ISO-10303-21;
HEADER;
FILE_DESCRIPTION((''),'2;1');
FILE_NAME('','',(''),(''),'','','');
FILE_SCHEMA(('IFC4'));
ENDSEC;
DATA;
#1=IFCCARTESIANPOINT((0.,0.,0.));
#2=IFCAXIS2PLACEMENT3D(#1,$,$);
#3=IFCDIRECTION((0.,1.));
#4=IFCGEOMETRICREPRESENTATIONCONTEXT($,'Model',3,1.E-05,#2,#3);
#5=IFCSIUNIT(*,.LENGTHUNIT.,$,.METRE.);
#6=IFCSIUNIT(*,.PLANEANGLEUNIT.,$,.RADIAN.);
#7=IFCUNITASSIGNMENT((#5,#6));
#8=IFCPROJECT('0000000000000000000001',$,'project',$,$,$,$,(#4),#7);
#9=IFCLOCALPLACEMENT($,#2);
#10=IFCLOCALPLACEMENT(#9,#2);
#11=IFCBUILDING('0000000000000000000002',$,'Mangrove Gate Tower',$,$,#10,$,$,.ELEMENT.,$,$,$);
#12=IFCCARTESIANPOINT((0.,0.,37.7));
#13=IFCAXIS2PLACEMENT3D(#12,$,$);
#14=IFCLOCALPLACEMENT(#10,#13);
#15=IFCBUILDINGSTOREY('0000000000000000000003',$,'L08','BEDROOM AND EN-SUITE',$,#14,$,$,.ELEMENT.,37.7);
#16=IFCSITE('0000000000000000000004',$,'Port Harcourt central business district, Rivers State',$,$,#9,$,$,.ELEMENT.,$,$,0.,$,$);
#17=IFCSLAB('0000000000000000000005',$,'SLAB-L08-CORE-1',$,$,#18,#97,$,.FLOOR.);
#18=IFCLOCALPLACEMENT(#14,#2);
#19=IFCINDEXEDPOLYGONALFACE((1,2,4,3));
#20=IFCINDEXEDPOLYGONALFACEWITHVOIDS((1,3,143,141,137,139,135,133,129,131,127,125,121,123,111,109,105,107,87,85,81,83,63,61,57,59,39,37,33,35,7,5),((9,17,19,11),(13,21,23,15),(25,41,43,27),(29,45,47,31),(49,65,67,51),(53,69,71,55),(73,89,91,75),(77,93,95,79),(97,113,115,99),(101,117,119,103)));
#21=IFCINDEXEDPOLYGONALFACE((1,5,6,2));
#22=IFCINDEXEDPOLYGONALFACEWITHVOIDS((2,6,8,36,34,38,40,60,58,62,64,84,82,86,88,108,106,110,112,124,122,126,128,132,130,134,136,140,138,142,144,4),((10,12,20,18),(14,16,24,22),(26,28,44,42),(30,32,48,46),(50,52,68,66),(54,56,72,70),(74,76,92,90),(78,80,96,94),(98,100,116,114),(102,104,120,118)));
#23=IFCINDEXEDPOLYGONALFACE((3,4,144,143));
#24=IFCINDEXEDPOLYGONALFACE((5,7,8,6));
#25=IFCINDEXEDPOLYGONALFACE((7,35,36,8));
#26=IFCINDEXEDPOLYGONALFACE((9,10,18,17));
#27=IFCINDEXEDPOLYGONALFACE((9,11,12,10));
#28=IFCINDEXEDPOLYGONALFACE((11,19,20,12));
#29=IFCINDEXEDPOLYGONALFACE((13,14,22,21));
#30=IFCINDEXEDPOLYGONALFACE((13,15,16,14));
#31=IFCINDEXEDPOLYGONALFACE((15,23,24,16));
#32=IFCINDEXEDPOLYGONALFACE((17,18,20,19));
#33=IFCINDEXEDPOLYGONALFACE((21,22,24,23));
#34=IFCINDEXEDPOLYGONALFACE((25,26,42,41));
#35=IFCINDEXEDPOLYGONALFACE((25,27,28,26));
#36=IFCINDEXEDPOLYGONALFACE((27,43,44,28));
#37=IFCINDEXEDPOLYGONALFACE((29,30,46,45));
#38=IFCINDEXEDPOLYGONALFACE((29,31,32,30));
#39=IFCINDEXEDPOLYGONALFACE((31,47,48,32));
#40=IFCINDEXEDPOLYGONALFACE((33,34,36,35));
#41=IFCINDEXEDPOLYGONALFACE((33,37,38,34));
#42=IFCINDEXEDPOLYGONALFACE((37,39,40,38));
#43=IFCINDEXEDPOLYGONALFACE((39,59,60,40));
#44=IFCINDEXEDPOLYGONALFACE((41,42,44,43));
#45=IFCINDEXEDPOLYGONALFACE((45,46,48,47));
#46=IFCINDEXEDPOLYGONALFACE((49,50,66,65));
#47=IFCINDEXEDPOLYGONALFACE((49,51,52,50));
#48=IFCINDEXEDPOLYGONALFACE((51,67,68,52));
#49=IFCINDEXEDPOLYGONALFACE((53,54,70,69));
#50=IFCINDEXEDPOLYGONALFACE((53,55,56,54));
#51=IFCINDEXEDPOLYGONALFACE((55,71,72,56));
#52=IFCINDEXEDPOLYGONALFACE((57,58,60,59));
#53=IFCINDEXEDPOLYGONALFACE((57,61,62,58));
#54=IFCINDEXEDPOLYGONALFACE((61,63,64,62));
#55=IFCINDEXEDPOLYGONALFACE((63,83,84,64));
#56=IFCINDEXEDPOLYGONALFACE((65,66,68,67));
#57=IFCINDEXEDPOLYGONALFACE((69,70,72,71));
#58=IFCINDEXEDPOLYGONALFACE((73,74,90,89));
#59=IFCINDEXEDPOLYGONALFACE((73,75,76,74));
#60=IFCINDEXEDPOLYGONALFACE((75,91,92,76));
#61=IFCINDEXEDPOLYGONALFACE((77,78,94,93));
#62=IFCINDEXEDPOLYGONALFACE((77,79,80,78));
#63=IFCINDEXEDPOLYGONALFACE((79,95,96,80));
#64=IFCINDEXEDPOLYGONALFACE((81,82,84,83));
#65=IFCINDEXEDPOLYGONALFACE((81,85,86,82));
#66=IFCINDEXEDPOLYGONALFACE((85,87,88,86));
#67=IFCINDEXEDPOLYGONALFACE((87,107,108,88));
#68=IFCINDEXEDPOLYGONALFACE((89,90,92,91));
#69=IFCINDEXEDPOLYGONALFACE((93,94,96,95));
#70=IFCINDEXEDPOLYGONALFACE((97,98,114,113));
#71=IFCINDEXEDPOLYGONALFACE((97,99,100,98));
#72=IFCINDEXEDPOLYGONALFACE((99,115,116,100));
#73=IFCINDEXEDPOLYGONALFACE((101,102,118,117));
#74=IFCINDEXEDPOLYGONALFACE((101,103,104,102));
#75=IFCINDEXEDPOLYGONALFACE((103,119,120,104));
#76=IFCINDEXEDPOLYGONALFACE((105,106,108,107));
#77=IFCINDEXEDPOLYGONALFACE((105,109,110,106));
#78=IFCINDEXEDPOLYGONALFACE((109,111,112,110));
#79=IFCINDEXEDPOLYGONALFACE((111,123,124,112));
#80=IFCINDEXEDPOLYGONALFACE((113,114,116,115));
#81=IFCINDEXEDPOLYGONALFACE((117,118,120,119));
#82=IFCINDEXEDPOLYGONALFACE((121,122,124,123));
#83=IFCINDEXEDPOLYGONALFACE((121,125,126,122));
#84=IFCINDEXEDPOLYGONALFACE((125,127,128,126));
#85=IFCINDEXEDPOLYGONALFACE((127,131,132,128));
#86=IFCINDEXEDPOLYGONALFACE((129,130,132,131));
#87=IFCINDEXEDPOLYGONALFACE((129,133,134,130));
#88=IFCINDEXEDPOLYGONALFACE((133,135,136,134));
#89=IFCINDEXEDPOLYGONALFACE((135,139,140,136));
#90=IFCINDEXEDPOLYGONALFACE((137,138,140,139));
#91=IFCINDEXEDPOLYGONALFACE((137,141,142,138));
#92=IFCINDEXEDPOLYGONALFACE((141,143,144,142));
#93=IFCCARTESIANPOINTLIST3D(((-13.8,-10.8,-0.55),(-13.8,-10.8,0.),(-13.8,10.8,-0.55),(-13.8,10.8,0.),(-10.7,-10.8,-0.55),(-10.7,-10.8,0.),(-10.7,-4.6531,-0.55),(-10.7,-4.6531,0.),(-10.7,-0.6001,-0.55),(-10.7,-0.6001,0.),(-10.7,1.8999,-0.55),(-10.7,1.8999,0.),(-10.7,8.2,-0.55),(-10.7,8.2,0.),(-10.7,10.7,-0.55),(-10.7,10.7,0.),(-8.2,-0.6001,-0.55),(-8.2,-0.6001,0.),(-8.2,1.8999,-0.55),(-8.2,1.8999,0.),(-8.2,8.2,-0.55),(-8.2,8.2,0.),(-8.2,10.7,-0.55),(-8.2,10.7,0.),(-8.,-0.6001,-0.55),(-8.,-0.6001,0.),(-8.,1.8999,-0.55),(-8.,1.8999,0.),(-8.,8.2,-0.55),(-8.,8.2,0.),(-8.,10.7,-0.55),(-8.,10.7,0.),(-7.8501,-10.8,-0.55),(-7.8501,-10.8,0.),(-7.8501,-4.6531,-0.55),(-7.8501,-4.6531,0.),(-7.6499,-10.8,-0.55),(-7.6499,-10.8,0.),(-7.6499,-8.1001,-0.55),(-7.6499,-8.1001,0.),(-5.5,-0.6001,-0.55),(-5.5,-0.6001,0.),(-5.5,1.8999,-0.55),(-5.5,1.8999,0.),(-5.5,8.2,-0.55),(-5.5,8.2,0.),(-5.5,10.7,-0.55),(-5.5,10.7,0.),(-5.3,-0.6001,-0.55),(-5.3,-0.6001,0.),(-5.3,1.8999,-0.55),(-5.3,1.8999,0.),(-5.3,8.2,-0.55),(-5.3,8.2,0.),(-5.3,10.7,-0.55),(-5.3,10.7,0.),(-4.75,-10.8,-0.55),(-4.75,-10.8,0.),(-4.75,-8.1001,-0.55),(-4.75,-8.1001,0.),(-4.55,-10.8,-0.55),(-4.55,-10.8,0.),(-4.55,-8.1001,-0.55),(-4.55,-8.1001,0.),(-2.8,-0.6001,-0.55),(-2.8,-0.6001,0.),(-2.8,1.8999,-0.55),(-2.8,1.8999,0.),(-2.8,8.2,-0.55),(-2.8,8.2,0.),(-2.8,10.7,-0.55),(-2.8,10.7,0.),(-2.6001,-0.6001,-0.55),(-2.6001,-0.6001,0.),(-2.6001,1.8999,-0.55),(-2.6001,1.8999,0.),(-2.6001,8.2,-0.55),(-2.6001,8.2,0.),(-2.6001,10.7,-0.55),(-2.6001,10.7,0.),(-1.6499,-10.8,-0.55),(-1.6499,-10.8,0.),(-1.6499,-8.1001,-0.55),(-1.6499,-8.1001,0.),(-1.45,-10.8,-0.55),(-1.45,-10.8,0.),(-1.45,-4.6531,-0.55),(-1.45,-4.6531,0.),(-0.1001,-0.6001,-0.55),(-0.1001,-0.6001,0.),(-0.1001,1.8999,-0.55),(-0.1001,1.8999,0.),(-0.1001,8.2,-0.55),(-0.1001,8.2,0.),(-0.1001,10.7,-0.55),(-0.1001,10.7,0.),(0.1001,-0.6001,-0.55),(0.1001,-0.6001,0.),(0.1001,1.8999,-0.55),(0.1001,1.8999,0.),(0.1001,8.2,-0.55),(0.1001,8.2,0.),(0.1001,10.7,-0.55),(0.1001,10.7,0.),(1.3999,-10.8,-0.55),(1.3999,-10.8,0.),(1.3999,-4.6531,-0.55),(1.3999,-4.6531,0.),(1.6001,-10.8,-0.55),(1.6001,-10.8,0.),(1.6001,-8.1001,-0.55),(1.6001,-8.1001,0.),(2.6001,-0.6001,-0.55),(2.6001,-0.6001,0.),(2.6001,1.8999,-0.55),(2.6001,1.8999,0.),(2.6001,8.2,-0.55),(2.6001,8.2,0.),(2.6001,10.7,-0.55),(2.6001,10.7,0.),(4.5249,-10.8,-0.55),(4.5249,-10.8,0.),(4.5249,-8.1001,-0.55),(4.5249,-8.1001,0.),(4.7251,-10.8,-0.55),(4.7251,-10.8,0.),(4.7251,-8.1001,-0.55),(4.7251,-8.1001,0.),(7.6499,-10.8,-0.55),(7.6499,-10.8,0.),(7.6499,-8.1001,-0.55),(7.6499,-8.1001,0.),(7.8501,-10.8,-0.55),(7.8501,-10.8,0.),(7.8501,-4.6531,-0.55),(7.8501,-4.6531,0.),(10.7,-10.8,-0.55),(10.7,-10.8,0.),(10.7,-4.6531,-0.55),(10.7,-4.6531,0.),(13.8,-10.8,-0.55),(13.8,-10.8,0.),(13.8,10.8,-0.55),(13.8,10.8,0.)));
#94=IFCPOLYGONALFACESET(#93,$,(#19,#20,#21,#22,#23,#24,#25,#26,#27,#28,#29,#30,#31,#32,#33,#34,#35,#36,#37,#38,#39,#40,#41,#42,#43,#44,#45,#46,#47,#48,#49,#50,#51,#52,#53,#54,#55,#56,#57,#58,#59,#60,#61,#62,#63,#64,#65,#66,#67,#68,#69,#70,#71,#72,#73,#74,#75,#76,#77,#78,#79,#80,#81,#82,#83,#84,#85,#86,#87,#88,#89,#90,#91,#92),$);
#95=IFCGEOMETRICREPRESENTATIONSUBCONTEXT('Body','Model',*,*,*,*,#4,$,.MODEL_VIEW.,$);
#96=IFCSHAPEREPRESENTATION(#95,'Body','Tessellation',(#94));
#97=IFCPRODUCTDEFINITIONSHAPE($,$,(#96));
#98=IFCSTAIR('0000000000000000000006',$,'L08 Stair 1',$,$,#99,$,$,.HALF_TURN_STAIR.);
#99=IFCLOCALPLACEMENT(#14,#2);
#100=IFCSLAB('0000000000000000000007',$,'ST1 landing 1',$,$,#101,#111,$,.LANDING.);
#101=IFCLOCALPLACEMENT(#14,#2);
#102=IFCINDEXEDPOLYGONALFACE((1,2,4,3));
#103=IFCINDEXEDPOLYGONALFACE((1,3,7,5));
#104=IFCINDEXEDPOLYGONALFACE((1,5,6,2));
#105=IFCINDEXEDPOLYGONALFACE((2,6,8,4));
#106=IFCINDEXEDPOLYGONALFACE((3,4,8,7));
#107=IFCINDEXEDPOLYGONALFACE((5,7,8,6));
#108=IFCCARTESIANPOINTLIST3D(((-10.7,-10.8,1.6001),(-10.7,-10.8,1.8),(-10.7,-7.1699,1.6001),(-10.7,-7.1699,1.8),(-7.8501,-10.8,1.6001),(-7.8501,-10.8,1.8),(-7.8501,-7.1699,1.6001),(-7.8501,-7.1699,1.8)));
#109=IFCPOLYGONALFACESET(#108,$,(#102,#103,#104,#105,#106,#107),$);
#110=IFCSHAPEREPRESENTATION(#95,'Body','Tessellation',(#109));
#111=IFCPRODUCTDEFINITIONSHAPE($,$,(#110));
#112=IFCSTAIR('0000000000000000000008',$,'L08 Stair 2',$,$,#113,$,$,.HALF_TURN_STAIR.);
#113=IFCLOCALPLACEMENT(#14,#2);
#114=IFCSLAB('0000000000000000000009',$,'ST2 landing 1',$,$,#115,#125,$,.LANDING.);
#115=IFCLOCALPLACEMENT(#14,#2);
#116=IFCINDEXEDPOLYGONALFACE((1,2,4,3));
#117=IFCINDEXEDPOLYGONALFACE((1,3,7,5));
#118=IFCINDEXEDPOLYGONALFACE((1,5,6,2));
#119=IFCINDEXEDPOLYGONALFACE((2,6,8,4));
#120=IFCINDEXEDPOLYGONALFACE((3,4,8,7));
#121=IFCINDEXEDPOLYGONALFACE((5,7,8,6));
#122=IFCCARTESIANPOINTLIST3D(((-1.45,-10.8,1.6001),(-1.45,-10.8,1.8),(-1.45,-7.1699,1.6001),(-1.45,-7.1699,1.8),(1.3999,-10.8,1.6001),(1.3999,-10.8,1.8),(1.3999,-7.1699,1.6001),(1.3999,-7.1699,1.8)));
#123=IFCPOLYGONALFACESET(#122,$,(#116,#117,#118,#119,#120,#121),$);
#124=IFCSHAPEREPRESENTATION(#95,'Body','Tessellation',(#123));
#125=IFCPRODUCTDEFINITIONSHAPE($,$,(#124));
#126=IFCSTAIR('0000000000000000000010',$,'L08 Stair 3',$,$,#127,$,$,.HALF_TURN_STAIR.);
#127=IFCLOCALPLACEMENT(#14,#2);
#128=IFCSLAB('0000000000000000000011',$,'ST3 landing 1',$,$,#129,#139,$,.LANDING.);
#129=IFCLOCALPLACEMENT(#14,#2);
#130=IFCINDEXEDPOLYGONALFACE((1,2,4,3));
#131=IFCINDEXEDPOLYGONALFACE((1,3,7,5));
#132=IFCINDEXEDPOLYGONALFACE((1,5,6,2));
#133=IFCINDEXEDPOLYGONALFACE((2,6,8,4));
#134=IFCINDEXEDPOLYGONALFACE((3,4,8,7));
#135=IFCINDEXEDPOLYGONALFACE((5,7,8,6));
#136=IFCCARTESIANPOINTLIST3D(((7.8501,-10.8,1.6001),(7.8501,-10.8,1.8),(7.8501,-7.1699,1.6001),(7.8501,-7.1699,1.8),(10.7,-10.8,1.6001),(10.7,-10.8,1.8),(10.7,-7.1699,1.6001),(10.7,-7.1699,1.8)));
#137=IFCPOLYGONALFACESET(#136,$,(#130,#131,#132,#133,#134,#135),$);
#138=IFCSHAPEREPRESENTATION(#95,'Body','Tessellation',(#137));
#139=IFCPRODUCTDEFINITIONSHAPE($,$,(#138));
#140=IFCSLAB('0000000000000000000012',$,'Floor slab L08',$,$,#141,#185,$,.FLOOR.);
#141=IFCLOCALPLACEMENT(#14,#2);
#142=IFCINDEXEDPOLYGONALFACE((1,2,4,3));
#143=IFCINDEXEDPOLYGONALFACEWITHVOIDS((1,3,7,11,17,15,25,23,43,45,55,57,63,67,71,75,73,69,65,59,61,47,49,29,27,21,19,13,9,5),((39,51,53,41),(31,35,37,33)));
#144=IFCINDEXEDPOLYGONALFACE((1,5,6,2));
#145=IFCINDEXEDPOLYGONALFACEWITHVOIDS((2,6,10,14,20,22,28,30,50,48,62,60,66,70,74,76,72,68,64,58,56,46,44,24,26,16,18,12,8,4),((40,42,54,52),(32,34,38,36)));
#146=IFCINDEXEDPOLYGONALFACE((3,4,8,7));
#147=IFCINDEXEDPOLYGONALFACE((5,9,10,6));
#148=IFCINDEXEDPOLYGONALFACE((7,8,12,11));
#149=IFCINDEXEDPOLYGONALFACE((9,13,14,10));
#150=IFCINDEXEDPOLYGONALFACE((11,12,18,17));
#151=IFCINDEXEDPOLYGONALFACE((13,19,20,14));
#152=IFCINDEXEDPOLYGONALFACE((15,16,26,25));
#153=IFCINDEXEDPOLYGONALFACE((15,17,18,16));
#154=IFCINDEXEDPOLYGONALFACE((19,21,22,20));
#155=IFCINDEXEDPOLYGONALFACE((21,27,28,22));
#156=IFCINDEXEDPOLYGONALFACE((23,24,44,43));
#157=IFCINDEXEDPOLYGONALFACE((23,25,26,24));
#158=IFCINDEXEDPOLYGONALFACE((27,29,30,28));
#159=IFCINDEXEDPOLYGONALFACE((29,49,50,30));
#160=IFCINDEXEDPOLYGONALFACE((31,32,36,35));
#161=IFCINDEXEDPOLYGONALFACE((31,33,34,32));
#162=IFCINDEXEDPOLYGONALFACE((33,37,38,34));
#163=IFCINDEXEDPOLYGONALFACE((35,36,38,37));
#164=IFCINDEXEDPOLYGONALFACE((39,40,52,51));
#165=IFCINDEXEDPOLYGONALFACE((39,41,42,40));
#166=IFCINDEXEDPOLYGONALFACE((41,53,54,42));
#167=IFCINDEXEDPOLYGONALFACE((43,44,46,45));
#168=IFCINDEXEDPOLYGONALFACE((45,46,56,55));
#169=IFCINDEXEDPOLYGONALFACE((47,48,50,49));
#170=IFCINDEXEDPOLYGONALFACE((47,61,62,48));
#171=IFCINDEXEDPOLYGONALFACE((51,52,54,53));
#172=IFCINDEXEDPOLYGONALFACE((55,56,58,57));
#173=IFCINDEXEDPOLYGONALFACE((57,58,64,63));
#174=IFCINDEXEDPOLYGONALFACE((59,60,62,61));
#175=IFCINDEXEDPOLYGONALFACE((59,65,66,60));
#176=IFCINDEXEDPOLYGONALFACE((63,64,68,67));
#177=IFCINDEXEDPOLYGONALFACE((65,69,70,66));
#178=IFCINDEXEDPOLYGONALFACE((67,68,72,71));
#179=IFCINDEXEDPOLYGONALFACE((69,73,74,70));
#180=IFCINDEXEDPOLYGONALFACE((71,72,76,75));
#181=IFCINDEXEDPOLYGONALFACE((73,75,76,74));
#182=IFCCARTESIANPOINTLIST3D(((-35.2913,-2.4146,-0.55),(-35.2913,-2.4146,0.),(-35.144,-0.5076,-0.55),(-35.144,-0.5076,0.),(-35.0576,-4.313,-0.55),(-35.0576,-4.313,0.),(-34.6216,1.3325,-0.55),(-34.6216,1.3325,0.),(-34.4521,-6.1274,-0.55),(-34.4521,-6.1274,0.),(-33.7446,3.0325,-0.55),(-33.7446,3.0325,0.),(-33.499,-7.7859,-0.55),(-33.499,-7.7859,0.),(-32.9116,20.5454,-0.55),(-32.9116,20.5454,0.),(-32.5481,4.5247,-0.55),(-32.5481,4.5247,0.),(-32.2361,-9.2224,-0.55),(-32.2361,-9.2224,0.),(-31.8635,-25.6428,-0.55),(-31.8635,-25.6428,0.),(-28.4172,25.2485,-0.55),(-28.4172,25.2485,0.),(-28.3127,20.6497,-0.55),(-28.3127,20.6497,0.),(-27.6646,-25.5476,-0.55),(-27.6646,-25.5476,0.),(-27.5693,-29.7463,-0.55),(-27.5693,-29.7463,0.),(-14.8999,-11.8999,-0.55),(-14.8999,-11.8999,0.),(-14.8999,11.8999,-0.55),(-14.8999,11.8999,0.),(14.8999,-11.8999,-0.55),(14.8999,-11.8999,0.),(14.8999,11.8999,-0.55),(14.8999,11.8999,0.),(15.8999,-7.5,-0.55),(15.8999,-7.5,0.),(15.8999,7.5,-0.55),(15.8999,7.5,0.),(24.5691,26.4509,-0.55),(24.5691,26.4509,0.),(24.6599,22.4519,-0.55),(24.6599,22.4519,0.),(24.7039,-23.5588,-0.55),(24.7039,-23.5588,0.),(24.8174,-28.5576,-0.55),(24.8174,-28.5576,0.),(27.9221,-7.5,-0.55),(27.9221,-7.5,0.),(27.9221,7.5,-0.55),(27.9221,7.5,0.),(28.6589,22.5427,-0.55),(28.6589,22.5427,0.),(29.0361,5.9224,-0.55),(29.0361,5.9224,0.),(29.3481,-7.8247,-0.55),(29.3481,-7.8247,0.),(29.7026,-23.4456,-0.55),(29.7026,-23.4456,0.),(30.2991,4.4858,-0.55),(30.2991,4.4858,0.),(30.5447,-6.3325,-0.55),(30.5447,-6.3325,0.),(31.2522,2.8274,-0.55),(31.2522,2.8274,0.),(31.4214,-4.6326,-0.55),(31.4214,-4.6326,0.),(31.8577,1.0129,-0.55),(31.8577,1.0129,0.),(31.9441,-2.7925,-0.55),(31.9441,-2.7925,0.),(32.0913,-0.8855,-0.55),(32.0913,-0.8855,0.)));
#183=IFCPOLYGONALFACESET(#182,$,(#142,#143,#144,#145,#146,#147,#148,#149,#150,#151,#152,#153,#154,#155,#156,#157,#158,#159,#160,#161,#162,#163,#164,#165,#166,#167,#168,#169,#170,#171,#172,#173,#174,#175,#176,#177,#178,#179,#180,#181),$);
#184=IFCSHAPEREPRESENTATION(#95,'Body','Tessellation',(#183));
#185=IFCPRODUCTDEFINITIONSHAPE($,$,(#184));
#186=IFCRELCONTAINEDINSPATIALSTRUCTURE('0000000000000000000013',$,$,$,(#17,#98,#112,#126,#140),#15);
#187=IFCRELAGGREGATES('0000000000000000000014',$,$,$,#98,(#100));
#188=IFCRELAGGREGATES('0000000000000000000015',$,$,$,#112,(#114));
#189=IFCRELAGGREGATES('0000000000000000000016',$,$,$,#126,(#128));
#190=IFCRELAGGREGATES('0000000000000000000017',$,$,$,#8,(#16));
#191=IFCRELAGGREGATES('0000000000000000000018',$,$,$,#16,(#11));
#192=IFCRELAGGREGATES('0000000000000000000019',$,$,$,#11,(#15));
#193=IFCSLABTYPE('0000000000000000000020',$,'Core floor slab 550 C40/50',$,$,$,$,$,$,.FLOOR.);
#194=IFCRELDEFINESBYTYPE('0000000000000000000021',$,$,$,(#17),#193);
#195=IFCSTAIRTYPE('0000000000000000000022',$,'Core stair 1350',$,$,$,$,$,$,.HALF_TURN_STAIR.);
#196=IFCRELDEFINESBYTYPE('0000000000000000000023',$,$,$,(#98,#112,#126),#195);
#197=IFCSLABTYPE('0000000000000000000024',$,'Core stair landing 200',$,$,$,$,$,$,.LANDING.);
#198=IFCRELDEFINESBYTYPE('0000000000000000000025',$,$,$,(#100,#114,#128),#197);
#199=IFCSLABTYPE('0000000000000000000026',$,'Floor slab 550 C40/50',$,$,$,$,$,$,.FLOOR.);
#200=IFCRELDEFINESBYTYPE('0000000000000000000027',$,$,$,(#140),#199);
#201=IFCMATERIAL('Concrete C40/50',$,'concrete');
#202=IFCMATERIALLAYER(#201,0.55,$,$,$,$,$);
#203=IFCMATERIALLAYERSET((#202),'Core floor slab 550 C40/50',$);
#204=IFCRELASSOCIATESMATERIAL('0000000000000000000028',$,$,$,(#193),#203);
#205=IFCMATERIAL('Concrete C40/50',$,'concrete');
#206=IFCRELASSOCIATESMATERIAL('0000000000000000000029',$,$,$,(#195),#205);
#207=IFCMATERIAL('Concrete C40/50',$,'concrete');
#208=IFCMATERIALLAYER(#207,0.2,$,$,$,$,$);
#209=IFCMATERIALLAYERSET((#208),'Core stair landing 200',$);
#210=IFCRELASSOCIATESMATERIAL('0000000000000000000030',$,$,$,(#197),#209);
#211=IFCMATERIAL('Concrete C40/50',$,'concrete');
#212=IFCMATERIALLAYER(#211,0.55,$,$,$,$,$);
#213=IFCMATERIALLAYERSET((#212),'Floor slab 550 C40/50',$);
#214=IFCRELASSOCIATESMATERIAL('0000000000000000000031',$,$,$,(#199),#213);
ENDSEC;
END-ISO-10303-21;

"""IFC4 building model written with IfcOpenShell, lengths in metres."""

from ifc_helpers import new_model, si_unit, direction, frame, origin, place, context, subcontext, project, spatial, polyline, outline, extrude, material, layer, layer_set, type_object, element, aggregate, save


model = new_model("IFC4")

# Units and contexts
model_context = context("Model", 3, precision=1e-05, world=origin(), true_north=direction((0.0, 1.0)))
body_context = subcontext(model_context, "Body", "Model", "MODEL_VIEW")
ifc_project = project(units=[si_unit("LENGTHUNIT", "METRE"), si_unit("PLANEANGLEUNIT", "RADIAN")], contexts=[model_context])

# Site, building, storey
site_placement = place(None, origin())
site = spatial("IfcSite", under=ifc_project, at=site_placement, Name="Port Harcourt central business district, Rivers State", CompositionType="ELEMENT", RefElevation=0.0)
building_placement = place(site_placement, origin())
building = spatial("IfcBuilding", under=site, at=building_placement, Name="Mangrove Gate Tower", CompositionType="ELEMENT")
storey_placement = place(building_placement, frame((0.0, 0.0, 37.7)))
storey = spatial("IfcBuildingStorey", under=building, at=storey_placement, Name="L08", Description="BEDROOM AND EN-SUITE", CompositionType="ELEMENT", Elevation=37.7)

# Slab
ifc_material_1 = material(Name="Concrete C40/50", Category="concrete")
ifc_layer_1 = layer(ifc_material_1, 0.55)
ifc_layer_set_1 = layer_set([ifc_layer_1], Name="Core floor slab 550 C40/50")
slab_type_1 = type_object("IfcSlabType", Name="Core floor slab 550 C40/50", PredefinedType="FLOOR", material=ifc_layer_set_1)
slab_1_placement = place(storey_placement, frame((0.0, 0.0, -0.55)))
element("IfcSlab", 1, at=slab_1_placement, inside=storey, type_object=slab_type_1, Name="SLAB-L08-CORE-1", PredefinedType="FLOOR", context=body_context, shape_type="SweptSolid", body=[
    extrude(outline(polyline([(-13.8, -10.8), (-13.8, 10.8), (13.8, 10.8), (13.8, -10.8), (10.7, -10.8), (10.7, -4.6531), (7.8501, -4.6531), (7.8501, -10.8), (7.6499, -10.8), (7.6499, -8.1001), (4.7251, -8.1001), (4.7251, -10.8), (4.5249, -10.8), (4.5249, -8.1001), (1.6001, -8.1001), (1.6001, -10.8), (1.3999, -10.8), (1.3999, -4.6531), (-1.45, -4.6531), (-1.45, -10.8), (-1.6499, -10.8), (-1.6499, -8.1001), (-4.55, -8.1001), (-4.55, -10.8), (-4.75, -10.8), (-4.75, -8.1001), (-7.6499, -8.1001), (-7.6499, -10.8), (-7.8501, -10.8), (-7.8501, -4.6531), (-10.7, -4.6531), (-10.7, -10.8), (-13.8, -10.8)]), holes=[polyline([(-8.2, -0.6001), (-8.2, 1.8999), (-10.7, 1.8999), (-10.7, -0.6001), (-8.2, -0.6001)]), polyline([(-5.5, -0.6001), (-5.5, 1.8999), (-8.0, 1.8999), (-8.0, -0.6001), (-5.5, -0.6001)]), polyline([(-2.8, -0.6001), (-2.8, 1.8999), (-5.3, 1.8999), (-5.3, -0.6001), (-2.8, -0.6001)]), polyline([(-8.2, 8.2), (-8.2, 10.7), (-10.7, 10.7), (-10.7, 8.2), (-8.2, 8.2)]), polyline([(-5.5, 8.2), (-5.5, 10.7), (-8.0, 10.7), (-8.0, 8.2), (-5.5, 8.2)]), polyline([(-2.8, 8.2), (-2.8, 10.7), (-5.3, 10.7), (-5.3, 8.2), (-2.8, 8.2)]), polyline([(-0.1001, -0.6001), (-0.1001, 1.8999), (-2.6001, 1.8999), (-2.6001, -0.6001), (-0.1001, -0.6001)]), polyline([(2.6001, -0.6001), (2.6001, 1.8999), (0.1001, 1.8999), (0.1001, -0.6001), (2.6001, -0.6001)]), polyline([(-2.6001, 8.2), (-0.1001, 8.2), (-0.1001, 10.7), (-2.6001, 10.7), (-2.6001, 8.2)]), polyline([(0.1001, 8.2), (2.6001, 8.2), (2.6001, 10.7), (0.1001, 10.7), (0.1001, 8.2)])]), origin(), (0.0, 0.0, 1.0), 0.55),
])

# Stairs, slabs
ifc_material_2 = material(Name="Concrete C40/50", Category="concrete")
stair_type = type_object("IfcStairType", Name="Core stair 1350", PredefinedType="HALF_TURN_STAIR", material=ifc_material_2)
stair_1_placement = place(storey_placement, origin())
stair_1 = element("IfcStair", 2, at=stair_1_placement, inside=storey, type_object=stair_type, Name="L08 Stair 1", PredefinedType="HALF_TURN_STAIR")
ifc_material_3 = material(Name="Concrete C40/50", Category="concrete")
ifc_layer_2 = layer(ifc_material_3, 0.2)
ifc_layer_set_2 = layer_set([ifc_layer_2], Name="Core stair landing 200")
slab_type_2 = type_object("IfcSlabType", Name="Core stair landing 200", PredefinedType="LANDING", material=ifc_layer_set_2)
slab_2_placement = place(storey_placement, frame((0.0, 0.0, 1.6001)))
slab_2 = element("IfcSlab", 3, at=slab_2_placement, type_object=slab_type_2, Name="ST1 landing 1", PredefinedType="LANDING", context=body_context, shape_type="SweptSolid", body=[
    extrude(outline(polyline([(-10.7, -7.1699), (-10.7, -10.8), (-7.8501, -10.8), (-7.8501, -7.1699), (-10.7, -7.1699)])), origin(), (0.0, 0.0, 1.0), 0.2),
])
aggregate(stair_1, [slab_2])
stair_2_placement = place(storey_placement, origin())
stair_2 = element("IfcStair", 4, at=stair_2_placement, inside=storey, type_object=stair_type, Name="L08 Stair 2", PredefinedType="HALF_TURN_STAIR")
slab_3_placement = place(storey_placement, frame((0.0, 0.0, 1.6001)))
slab_3 = element("IfcSlab", 5, at=slab_3_placement, type_object=slab_type_2, Name="ST2 landing 1", PredefinedType="LANDING", context=body_context, shape_type="SweptSolid", body=[
    extrude(outline(polyline([(-1.45, -7.1699), (-1.45, -10.8), (1.3999, -10.8), (1.3999, -7.1699), (-1.45, -7.1699)])), origin(), (0.0, 0.0, 1.0), 0.2),
])
aggregate(stair_2, [slab_3])
stair_3_placement = place(storey_placement, origin())
stair_3 = element("IfcStair", 6, at=stair_3_placement, inside=storey, type_object=stair_type, Name="L08 Stair 3", PredefinedType="HALF_TURN_STAIR")
slab_4_placement = place(storey_placement, frame((0.0, 0.0, 1.6001)))
slab_4 = element("IfcSlab", 7, at=slab_4_placement, type_object=slab_type_2, Name="ST3 landing 1", PredefinedType="LANDING", context=body_context, shape_type="SweptSolid", body=[
    extrude(outline(polyline([(7.8501, -7.1699), (7.8501, -10.8), (10.7, -10.8), (10.7, -7.1699), (7.8501, -7.1699)])), origin(), (0.0, 0.0, 1.0), 0.2),
])
aggregate(stair_3, [slab_4])

# Slab
ifc_material_4 = material(Name="Concrete C40/50", Category="concrete")
ifc_layer_3 = layer(ifc_material_4, 0.55)
ifc_layer_set_3 = layer_set([ifc_layer_3], Name="Floor slab 550 C40/50")
slab_type_3 = type_object("IfcSlabType", Name="Floor slab 550 C40/50", PredefinedType="FLOOR", material=ifc_layer_set_3)
slab_5_placement = place(storey_placement, frame((0.0, 0.0, -0.55)))
element("IfcSlab", 8, at=slab_5_placement, inside=storey, type_object=slab_type_3, Name="Floor slab L08", PredefinedType="FLOOR", context=body_context, shape_type="SweptSolid", body=[
    extrude(outline(polyline([(-27.5693, -29.7463), (24.8174, -28.5576), (24.7039, -23.5588), (29.7026, -23.4456), (29.3481, -7.8247), (30.5447, -6.3325), (31.4214, -4.6326), (31.9441, -2.7925), (32.0913, -0.8855), (31.8577, 1.0129), (31.2522, 2.8274), (30.2991, 4.4858), (29.0361, 5.9224), (28.6589, 22.5427), (24.6599, 22.4519), (24.5691, 26.4509), (-28.4172, 25.2485), (-28.3127, 20.6497), (-32.9116, 20.5454), (-32.5481, 4.5247), (-33.7446, 3.0325), (-34.6216, 1.3325), (-35.144, -0.5076), (-35.2913, -2.4146), (-35.0576, -4.313), (-34.4521, -6.1274), (-33.499, -7.7859), (-32.2361, -9.2224), (-31.8635, -25.6428), (-27.6646, -25.5476), (-27.5693, -29.7463)]), holes=[polyline([(15.8999, 7.5), (27.9221, 7.5), (27.9221, -7.5), (15.8999, -7.5), (15.8999, 7.5)]), polyline([(-14.8999, -11.8999), (-14.8999, 11.8999), (14.8999, 11.8999), (14.8999, -11.8999), (-14.8999, -11.8999)])]), origin(), (0.0, 0.0, 1.0), 0.55),
])

save(model, "model.ifc")
